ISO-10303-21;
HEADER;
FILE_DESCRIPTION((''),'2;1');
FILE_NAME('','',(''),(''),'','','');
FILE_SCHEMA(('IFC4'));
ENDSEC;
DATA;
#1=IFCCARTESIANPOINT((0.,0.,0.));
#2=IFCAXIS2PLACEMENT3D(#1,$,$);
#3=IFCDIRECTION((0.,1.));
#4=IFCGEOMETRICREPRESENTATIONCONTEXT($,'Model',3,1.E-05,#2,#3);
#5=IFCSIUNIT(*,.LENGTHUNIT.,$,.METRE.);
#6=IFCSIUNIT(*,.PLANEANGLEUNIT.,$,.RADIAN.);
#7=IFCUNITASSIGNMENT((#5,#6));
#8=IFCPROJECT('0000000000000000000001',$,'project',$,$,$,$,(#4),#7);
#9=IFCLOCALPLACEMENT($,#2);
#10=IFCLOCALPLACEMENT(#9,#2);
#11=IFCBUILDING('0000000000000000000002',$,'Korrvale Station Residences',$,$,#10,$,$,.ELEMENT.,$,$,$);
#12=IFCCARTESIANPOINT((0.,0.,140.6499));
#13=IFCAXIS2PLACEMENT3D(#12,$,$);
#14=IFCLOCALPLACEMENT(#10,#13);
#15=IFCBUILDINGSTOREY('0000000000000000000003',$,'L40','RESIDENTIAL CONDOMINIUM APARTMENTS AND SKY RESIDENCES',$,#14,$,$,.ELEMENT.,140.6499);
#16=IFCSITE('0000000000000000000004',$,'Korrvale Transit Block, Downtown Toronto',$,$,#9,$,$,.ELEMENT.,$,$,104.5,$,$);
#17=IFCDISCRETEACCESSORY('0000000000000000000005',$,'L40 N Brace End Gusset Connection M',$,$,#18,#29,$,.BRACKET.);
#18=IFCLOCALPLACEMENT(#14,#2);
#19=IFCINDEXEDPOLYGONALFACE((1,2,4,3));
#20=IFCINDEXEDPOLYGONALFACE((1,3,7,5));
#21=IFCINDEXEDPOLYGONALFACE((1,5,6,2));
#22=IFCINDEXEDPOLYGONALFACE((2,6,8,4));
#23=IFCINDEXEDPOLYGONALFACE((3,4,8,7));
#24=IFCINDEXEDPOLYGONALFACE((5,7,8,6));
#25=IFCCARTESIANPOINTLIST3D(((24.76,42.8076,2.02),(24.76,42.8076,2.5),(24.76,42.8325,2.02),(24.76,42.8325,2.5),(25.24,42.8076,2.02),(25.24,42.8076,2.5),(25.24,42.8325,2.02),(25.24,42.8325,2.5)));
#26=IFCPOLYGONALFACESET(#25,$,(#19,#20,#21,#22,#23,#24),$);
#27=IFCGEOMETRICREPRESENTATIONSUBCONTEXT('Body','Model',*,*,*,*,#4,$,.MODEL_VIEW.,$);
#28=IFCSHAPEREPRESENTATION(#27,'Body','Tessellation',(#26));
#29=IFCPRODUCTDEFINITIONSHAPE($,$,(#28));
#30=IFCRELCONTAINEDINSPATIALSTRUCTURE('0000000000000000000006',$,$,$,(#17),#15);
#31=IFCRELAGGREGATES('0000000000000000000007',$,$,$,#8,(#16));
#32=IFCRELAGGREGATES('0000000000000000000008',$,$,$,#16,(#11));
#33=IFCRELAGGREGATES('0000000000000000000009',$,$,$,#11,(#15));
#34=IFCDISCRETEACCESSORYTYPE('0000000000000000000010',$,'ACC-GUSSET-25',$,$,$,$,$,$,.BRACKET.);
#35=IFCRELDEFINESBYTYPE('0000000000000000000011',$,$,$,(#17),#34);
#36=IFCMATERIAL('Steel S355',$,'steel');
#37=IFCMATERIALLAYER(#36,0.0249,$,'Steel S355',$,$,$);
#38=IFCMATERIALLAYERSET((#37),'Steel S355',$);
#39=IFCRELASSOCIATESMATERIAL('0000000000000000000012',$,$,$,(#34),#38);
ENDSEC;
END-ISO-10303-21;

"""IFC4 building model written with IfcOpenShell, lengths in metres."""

from ifc_helpers import new_model, si_unit, direction, frame, origin, origin_2d, place, context, subcontext, project, spatial, rectangle, extrude, material, layer, layer_set, type_object, element, save


model = new_model("IFC4")

# Units and contexts
model_context = context("Model", 3, precision=1e-05, world=origin(), true_north=direction((0.0, 1.0)))
body_context = subcontext(model_context, "Body", "Model", "MODEL_VIEW")
ifc_project = project(units=[si_unit("LENGTHUNIT", "METRE"), si_unit("PLANEANGLEUNIT", "RADIAN")], contexts=[model_context])

# Site, building, storey
site_placement = place(None, origin())
site = spatial("IfcSite", under=ifc_project, at=site_placement, Name="Korrvale Transit Block, Downtown Toronto", CompositionType="ELEMENT", RefElevation=104.5)
building_placement = place(site_placement, origin())
building = spatial("IfcBuilding", under=site, at=building_placement, Name="Korrvale Station Residences", CompositionType="ELEMENT")
storey_placement = place(building_placement, frame((0.0, 0.0, 140.6499)))
storey = spatial("IfcBuildingStorey", under=building, at=storey_placement, Name="L40", Description="RESIDENTIAL CONDOMINIUM APARTMENTS AND SKY RESIDENCES", CompositionType="ELEMENT", Elevation=140.6499)

# Shared definitions
ifc_material_1 = material(Name="Steel S355", Category="steel")

# Discrete accessory
ifc_layer_1 = layer(ifc_material_1, 0.0249, Name="Steel S355")
ifc_layer_set_1 = layer_set([ifc_layer_1], Name="Steel S355")
discrete_accessory_type = type_object("IfcDiscreteAccessoryType", Name="ACC-GUSSET-25", PredefinedType="BRACKET", material=ifc_layer_set_1)
for number, where, z_axis, x_axis, name in (
    (1, (25.0, 42.8201, 2.02), (0.0, 0.0, 1.0), (1.0, 0.0, 0.0), "L40 N Brace End Gusset Connection M"),
):
    element("IfcDiscreteAccessory", number, at=place(storey_placement, frame(where, z_axis=z_axis, x_axis=x_axis)), inside=storey, type_object=discrete_accessory_type, Name=name, PredefinedType="BRACKET", context=body_context, shape_type="SweptSolid", body=[
        extrude(rectangle(XDim=0.48, YDim=0.0249, at=origin_2d()), origin(), (0.0, 0.0, 1.0), 0.48),
    ])

save(model, "model.ifc")
